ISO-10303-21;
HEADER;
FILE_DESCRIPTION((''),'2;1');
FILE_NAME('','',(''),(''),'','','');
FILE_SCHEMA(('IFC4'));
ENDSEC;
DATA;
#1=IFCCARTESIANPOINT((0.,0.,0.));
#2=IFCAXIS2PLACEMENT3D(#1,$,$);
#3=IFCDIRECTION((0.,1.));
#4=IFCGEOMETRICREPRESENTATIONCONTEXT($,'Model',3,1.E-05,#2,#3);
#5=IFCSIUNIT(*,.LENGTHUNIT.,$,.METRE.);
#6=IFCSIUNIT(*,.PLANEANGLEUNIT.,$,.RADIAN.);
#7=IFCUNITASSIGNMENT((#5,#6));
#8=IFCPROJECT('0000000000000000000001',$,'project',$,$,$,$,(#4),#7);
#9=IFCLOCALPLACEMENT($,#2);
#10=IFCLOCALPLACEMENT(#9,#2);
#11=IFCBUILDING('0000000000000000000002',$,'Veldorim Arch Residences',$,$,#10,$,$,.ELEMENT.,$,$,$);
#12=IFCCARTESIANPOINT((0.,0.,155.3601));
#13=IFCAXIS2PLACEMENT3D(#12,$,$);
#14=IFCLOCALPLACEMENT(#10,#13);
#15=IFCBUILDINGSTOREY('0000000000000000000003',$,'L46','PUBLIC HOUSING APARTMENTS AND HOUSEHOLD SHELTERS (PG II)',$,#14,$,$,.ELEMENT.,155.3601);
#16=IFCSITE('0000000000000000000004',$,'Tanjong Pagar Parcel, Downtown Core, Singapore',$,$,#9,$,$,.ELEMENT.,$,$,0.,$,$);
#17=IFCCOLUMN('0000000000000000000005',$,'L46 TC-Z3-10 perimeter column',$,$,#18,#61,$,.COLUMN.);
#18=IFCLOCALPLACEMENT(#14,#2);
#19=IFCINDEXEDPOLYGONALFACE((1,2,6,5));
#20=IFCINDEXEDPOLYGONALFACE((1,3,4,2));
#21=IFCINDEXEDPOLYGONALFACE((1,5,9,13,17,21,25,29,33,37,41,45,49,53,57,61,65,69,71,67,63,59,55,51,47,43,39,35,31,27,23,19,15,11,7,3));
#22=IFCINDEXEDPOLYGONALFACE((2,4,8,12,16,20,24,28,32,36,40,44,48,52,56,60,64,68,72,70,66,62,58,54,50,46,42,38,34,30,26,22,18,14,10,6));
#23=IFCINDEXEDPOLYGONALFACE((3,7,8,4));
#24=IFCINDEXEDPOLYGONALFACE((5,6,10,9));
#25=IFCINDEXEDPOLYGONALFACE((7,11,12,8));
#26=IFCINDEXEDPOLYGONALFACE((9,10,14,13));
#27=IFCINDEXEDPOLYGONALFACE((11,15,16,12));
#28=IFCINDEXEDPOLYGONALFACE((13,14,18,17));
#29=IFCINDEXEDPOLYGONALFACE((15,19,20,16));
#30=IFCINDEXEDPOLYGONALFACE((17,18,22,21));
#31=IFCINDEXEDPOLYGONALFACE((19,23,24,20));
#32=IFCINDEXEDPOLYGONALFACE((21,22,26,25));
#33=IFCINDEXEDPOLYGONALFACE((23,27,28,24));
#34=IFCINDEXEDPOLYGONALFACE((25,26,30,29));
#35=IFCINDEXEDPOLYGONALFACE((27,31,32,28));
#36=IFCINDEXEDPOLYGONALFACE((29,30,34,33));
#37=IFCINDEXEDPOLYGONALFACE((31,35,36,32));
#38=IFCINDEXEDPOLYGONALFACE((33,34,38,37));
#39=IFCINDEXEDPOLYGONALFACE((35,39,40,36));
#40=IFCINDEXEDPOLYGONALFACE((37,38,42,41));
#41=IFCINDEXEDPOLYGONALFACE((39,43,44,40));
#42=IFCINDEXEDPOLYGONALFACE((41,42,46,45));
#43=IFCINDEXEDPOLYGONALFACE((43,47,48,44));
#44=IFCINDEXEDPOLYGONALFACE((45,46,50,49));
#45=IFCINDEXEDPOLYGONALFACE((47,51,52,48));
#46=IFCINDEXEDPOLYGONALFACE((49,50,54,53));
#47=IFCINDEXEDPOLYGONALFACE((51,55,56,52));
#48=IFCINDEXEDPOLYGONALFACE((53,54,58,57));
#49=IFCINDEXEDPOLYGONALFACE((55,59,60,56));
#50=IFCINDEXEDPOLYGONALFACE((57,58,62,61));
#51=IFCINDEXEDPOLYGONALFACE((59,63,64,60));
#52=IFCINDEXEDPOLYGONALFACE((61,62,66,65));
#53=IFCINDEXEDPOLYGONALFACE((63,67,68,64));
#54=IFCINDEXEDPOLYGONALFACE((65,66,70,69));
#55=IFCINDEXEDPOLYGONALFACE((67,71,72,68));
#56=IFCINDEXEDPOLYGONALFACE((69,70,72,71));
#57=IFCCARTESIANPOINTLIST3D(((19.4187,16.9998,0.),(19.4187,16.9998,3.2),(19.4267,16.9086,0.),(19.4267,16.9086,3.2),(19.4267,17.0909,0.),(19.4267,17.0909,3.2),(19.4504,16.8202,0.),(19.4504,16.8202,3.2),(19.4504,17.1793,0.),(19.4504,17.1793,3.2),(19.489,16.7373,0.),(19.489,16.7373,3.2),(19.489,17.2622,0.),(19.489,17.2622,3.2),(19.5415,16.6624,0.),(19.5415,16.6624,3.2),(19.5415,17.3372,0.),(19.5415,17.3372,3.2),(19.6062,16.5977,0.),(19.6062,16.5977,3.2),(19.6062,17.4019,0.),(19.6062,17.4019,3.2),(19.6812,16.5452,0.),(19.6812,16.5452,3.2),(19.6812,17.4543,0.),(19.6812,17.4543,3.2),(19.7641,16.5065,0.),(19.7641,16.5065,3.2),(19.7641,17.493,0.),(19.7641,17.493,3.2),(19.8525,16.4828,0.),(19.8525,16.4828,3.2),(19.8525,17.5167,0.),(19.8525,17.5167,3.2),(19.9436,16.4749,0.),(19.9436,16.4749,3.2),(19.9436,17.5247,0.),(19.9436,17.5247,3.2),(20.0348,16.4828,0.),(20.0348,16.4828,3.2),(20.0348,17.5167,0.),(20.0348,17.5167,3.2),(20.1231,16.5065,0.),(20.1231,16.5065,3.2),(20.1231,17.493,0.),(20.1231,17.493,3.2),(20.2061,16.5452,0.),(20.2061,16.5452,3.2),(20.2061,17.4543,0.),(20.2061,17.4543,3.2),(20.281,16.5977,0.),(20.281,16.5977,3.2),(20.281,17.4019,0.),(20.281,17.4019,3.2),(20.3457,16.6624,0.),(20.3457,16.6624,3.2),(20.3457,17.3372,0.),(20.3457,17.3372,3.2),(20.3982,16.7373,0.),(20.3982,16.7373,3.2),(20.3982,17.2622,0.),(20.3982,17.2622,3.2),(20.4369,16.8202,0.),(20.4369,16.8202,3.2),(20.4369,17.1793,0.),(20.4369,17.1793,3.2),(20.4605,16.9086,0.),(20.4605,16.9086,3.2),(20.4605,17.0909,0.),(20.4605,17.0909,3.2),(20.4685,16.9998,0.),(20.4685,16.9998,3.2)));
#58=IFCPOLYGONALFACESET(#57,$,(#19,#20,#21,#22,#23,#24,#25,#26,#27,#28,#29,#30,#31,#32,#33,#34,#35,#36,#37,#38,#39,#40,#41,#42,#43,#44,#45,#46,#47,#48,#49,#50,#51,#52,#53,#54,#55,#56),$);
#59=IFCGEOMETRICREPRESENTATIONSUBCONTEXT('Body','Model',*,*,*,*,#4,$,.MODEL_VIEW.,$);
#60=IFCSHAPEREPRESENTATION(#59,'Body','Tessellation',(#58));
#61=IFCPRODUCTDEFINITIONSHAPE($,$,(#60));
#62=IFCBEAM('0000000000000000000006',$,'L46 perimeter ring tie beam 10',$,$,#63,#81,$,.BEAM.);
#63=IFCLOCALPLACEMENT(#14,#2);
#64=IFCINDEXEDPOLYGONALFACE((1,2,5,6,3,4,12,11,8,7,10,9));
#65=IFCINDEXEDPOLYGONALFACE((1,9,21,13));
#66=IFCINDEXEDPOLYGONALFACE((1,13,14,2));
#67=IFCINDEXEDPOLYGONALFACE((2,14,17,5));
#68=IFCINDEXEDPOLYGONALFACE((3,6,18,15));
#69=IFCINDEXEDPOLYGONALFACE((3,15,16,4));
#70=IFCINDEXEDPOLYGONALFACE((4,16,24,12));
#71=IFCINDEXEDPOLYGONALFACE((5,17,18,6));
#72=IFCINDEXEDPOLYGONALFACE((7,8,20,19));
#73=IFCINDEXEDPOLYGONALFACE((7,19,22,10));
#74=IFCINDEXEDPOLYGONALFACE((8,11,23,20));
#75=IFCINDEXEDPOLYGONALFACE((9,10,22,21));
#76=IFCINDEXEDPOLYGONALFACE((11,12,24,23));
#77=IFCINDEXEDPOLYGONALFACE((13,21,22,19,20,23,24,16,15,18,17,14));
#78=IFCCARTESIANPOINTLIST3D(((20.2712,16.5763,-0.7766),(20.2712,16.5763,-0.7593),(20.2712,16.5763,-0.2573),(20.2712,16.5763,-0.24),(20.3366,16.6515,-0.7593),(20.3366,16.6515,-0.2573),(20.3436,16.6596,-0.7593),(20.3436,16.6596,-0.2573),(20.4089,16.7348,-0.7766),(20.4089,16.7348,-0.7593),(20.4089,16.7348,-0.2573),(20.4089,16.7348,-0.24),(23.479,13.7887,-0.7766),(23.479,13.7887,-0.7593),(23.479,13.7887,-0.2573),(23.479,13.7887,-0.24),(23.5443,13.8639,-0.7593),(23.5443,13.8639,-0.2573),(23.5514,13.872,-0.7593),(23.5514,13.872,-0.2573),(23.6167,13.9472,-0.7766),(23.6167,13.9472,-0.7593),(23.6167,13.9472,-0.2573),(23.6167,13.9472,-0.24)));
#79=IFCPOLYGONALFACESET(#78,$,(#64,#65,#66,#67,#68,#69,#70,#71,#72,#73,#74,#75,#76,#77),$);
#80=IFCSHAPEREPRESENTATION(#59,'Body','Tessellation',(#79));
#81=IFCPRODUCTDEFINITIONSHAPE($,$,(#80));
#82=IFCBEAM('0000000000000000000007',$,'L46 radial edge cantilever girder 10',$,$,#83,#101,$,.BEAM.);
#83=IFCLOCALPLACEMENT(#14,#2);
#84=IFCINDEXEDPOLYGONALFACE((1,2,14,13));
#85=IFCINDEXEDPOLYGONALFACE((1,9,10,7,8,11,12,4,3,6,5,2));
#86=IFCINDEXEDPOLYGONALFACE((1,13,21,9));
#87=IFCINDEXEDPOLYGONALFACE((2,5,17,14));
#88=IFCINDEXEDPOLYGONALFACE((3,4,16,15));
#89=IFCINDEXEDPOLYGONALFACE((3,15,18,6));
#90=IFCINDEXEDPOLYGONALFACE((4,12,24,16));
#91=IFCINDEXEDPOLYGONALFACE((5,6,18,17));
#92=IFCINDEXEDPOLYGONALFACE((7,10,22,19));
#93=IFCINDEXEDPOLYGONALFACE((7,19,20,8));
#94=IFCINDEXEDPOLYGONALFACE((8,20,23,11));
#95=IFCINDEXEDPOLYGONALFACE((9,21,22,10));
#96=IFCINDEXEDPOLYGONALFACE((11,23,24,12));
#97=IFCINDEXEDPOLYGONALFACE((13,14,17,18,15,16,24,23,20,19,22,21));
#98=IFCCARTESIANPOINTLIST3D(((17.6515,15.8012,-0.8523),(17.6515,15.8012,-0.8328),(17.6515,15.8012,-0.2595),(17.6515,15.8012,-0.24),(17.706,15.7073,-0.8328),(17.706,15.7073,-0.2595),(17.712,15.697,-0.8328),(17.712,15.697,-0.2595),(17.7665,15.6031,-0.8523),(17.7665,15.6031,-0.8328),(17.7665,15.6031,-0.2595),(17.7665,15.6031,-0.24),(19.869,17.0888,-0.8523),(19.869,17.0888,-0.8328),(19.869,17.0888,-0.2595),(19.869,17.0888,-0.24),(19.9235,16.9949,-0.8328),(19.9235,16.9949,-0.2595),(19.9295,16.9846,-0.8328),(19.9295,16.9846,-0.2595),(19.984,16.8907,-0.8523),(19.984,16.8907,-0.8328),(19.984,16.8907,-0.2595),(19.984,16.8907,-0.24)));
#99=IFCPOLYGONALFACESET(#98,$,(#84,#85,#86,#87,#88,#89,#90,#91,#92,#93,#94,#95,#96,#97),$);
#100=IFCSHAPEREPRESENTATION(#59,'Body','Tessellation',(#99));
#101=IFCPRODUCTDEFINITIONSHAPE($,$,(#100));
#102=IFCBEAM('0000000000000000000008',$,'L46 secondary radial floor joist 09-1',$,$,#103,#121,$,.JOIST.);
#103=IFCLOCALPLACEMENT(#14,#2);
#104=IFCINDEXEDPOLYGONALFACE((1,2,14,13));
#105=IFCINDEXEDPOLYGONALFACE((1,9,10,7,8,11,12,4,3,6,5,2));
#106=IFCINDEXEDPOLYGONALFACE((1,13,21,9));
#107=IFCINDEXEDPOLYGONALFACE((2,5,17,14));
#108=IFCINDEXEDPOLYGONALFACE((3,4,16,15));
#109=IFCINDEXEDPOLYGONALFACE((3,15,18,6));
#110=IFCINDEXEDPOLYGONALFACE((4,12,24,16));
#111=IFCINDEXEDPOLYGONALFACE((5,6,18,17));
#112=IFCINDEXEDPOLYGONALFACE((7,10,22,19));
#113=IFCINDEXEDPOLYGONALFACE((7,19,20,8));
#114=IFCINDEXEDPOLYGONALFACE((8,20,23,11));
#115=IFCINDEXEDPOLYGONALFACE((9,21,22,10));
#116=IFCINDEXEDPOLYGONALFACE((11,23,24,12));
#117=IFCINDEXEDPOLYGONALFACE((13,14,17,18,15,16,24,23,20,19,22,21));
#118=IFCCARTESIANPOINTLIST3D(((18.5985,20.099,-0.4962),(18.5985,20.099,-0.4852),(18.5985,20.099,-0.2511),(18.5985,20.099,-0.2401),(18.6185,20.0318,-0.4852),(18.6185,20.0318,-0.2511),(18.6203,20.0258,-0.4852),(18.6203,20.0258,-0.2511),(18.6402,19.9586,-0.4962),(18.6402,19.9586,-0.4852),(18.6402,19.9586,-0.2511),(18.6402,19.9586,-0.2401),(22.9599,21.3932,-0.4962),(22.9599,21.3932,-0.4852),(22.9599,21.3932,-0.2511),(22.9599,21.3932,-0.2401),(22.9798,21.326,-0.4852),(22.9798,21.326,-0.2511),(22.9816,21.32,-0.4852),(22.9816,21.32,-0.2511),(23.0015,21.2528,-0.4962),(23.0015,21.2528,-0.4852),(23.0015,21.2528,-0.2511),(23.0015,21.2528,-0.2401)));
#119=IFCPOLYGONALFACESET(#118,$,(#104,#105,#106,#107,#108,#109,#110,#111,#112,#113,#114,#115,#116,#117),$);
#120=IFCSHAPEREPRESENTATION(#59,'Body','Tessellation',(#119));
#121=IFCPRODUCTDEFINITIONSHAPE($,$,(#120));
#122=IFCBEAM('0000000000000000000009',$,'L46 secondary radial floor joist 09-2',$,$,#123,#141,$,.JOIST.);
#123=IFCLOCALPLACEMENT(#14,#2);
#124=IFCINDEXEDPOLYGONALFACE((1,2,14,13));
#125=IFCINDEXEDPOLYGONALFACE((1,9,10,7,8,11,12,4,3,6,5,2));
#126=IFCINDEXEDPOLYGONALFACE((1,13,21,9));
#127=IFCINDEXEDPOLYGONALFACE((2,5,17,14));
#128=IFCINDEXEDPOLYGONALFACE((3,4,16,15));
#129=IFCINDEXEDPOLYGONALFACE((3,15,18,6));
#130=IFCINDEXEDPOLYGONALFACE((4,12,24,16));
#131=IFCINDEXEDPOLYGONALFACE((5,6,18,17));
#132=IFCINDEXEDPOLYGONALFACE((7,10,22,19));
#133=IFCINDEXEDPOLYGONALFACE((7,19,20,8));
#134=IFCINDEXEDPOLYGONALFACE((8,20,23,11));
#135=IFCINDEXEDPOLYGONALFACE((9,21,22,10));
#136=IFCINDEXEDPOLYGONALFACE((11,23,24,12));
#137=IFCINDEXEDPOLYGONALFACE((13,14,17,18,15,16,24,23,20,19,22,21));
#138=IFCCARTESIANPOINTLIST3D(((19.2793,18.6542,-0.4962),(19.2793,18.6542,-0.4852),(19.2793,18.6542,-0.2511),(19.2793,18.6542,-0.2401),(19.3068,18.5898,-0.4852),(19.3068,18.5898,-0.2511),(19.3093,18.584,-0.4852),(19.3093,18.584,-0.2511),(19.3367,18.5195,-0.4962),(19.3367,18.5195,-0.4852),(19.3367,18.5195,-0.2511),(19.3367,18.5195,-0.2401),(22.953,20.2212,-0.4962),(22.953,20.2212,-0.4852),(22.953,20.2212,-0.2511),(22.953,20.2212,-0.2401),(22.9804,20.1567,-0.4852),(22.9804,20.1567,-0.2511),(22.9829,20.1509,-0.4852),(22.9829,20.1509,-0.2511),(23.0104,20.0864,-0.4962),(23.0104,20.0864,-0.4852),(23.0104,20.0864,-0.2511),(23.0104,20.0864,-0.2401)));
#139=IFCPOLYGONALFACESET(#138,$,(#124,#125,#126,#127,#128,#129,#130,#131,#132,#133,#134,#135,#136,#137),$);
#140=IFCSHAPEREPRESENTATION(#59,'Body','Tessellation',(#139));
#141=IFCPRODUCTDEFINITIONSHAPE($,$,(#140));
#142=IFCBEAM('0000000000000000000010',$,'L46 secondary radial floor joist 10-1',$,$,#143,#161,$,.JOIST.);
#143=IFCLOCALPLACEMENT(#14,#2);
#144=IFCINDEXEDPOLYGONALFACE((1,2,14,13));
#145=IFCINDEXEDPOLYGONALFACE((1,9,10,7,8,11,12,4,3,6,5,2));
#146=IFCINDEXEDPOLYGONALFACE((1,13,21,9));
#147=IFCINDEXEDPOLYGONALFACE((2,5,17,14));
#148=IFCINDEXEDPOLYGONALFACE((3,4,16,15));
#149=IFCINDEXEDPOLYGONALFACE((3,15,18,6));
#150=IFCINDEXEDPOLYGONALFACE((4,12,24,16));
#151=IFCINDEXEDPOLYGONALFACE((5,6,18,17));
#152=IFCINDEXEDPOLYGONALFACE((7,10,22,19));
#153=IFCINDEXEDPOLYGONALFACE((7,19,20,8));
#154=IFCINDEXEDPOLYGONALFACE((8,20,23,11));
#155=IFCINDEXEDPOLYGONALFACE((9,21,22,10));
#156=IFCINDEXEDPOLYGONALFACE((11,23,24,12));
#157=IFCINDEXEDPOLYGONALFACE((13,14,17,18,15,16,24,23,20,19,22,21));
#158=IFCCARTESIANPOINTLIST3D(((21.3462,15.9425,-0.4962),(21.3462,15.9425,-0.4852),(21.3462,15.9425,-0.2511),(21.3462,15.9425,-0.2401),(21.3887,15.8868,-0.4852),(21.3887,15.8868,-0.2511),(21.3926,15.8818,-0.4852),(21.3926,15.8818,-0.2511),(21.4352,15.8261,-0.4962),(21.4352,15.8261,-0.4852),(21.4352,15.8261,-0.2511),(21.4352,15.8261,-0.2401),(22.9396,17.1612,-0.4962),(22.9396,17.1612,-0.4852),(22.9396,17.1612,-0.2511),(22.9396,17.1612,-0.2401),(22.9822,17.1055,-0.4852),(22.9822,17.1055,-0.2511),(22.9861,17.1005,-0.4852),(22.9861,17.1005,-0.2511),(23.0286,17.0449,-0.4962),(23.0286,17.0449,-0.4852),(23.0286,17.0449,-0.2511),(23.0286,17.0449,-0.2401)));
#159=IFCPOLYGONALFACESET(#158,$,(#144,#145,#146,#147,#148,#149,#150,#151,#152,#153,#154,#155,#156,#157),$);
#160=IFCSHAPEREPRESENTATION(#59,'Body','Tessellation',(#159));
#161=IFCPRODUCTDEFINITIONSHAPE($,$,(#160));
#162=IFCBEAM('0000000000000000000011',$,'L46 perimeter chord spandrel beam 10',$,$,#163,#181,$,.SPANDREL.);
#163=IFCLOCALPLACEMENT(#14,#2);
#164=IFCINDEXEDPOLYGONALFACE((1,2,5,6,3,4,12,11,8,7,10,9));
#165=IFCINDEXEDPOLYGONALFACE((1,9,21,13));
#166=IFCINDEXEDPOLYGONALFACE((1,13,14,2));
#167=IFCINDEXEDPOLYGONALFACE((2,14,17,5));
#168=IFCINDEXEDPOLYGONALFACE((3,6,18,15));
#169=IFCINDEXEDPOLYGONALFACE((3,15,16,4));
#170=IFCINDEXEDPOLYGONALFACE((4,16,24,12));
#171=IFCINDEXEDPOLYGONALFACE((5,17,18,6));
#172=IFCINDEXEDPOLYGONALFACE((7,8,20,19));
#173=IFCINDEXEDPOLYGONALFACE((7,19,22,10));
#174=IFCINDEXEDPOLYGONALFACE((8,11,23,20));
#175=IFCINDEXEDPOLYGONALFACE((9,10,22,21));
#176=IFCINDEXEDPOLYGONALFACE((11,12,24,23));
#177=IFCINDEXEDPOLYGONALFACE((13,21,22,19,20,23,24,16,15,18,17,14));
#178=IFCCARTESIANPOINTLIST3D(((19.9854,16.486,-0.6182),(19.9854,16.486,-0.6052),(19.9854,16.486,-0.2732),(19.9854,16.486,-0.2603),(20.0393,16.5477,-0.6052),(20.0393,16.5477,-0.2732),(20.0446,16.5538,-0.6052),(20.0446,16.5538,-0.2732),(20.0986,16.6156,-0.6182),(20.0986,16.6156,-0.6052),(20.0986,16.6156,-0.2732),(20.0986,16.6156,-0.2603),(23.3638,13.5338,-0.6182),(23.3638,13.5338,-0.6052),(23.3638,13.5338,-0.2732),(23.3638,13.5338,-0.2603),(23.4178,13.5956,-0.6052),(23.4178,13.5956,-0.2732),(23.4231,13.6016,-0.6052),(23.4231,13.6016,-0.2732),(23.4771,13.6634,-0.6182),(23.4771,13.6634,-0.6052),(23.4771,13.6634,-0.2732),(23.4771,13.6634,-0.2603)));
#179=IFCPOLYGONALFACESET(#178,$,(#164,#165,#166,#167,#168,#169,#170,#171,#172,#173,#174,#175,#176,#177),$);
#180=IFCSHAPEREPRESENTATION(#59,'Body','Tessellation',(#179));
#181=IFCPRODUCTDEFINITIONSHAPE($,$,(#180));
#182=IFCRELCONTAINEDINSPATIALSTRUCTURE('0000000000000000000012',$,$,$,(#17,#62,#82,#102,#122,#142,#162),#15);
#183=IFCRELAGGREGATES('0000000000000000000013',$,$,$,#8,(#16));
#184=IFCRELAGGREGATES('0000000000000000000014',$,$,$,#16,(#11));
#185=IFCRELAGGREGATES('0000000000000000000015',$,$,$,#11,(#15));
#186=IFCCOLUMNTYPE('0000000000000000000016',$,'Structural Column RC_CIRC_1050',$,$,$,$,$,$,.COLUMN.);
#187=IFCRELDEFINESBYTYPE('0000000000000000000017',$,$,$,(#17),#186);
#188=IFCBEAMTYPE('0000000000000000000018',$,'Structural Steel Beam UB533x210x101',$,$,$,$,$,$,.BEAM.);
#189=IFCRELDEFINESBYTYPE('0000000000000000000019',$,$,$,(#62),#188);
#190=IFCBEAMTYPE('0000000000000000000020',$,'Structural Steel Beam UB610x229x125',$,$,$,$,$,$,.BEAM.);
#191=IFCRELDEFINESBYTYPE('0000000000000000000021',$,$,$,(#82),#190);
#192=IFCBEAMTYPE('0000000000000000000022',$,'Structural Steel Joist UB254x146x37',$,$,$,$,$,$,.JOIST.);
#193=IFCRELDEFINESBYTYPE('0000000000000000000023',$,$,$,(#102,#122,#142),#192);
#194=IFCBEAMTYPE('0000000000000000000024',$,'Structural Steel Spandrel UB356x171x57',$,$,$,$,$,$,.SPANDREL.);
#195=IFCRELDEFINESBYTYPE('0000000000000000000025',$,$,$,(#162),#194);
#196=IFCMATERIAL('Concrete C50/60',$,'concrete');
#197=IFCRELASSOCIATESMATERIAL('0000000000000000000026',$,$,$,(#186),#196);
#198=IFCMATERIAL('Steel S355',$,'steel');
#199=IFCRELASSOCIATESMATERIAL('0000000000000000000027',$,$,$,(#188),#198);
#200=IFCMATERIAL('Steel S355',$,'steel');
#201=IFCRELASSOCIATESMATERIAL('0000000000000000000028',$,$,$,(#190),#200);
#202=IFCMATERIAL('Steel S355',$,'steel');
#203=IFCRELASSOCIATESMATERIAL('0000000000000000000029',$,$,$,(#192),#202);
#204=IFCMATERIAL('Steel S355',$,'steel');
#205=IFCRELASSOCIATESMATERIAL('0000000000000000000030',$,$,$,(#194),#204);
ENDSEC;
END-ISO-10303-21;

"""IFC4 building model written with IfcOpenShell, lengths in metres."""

from ifc_helpers import new_model, si_unit, direction, frame, origin, origin_2d, place, context, subcontext, project, spatial, circle, i_section, extrude, material, material_profile, profile_set, type_object, element, save


model = new_model("IFC4")

# Units and contexts
model_context = context("Model", 3, precision=1e-05, world=origin(), true_north=direction((0.0, 1.0)))
body_context = subcontext(model_context, "Body", "Model", "MODEL_VIEW")
ifc_project = project(units=[si_unit("LENGTHUNIT", "METRE"), si_unit("PLANEANGLEUNIT", "RADIAN")], contexts=[model_context])

# Site, building, storey
site_placement = place(None, origin())
site = spatial("IfcSite", under=ifc_project, at=site_placement, Name="Tanjong Pagar Parcel, Downtown Core, Singapore", CompositionType="ELEMENT", RefElevation=0.0)
building_placement = place(site_placement, origin())
building = spatial("IfcBuilding", under=site, at=building_placement, Name="Veldorim Arch Residences", CompositionType="ELEMENT")
storey_placement = place(building_placement, frame((0.0, 0.0, 155.3601)))
storey = spatial("IfcBuildingStorey", under=building, at=storey_placement, Name="L46", Description="PUBLIC HOUSING APARTMENTS AND HOUSEHOLD SHELTERS (PG II)", CompositionType="ELEMENT", Elevation=155.3601)

# Column
ifc_material_1 = material(Name="Concrete C50/60", Category="concrete")
ifc_material_profile_1 = material_profile(ifc_material_1, circle(Radius=0.5249, at=origin_2d()), Name="RC_CIRC_1050")
ifc_profile_set_1 = profile_set([ifc_material_profile_1], Name="Concrete C50/60")
column_type = type_object("IfcColumnType", Name="Structural Column RC_CIRC_1050", PredefinedType="COLUMN", material=ifc_profile_set_1)
column_placement = place(storey_placement, frame((19.9436, 16.9998, 0.0), z_axis=(0.0, 0.0, 1.0), x_axis=(1.0, 0.0, 0.0)))
element("IfcColumn", 1, at=column_placement, inside=storey, type_object=column_type, Name="L46 TC-Z3-10 perimeter column", PredefinedType="COLUMN", context=body_context, shape_type="SweptSolid", body=[
    extrude(circle(Radius=0.5249, at=origin_2d()), origin(), (0.0, 0.0, 1.0), 3.2),
])

# Beams
ifc_material_2 = material(Name="Steel S355", Category="steel")
ifc_material_profile_2 = material_profile(ifc_material_2, i_section(OverallWidth=0.21, OverallDepth=0.5366, WebThickness=0.0107, FlangeThickness=0.0173, at=origin_2d()), Name="UB533x210x101")
ifc_profile_set_2 = profile_set([ifc_material_profile_2], Name="Steel S355")
beam_type_1 = type_object("IfcBeamType", Name="Structural Steel Beam UB533x210x101", PredefinedType="BEAM", material=ifc_profile_set_2)
beam_1_placement = place(storey_placement, frame((20.3401, 16.6555, -0.5083), z_axis=(0.754811, -0.655943, 0.0), x_axis=(0.655943, 0.754811, 0.0)))
element("IfcBeam", 2, at=beam_1_placement, inside=storey, type_object=beam_type_1, Name="L46 perimeter ring tie beam 10", PredefinedType="BEAM", context=body_context, shape_type="SweptSolid", body=[
    extrude(i_section(OverallWidth=0.21, OverallDepth=0.5366, WebThickness=0.0107, FlangeThickness=0.0173, at=origin_2d()), origin(), (0.0, 0.0, 1.0), 4.2498),
])
ifc_material_3 = material(Name="Steel S355", Category="steel")
ifc_material_profile_3 = material_profile(ifc_material_3, i_section(OverallWidth=0.229, OverallDepth=0.6123, WebThickness=0.012, FlangeThickness=0.0195, at=origin_2d()), Name="UB610x229x125")
ifc_profile_set_3 = profile_set([ifc_material_profile_3], Name="Steel S355")
beam_type_2 = type_object("IfcBeamType", Name="Structural Steel Beam UB610x229x125", PredefinedType="BEAM", material=ifc_profile_set_3)
beam_2_placement = place(storey_placement, frame((19.9265, 16.9897, -0.5461), z_axis=(-0.864789, -0.502136, 0.0), x_axis=(0.502136, -0.864789, 0.0)))
element("IfcBeam", 3, at=beam_2_placement, inside=storey, type_object=beam_type_2, Name="L46 radial edge cantilever girder 10", PredefinedType="BEAM", context=body_context, shape_type="SweptSolid", body=[
    extrude(i_section(OverallWidth=0.229, OverallDepth=0.6123, WebThickness=0.012, FlangeThickness=0.0195, at=origin_2d()), origin(), (0.0, 0.0, 1.0), 2.5642),
])
ifc_material_4 = material(Name="Steel S355", Category="steel")
ifc_material_profile_4 = material_profile(ifc_material_4, i_section(OverallWidth=0.1465, OverallDepth=0.2561, WebThickness=0.0063, FlangeThickness=0.011, at=origin_2d()), Name="UB254x146x37")
ifc_profile_set_4 = profile_set([ifc_material_profile_4], Name="Steel S355")
beam_type_3 = type_object("IfcBeamType", Name="Structural Steel Joist UB254x146x37", PredefinedType="JOIST", material=ifc_profile_set_4)
beam_3_placement = place(storey_placement, frame((22.9807, 21.323, -0.3682), z_axis=(-0.958682, -0.284481, 0.0), x_axis=(0.284481, -0.958682, 0.0)))
element("IfcBeam", 4, at=beam_3_placement, inside=storey, type_object=beam_type_3, Name="L46 secondary radial floor joist 09-1", PredefinedType="JOIST", context=body_context, shape_type="SweptSolid", body=[
    extrude(i_section(OverallWidth=0.1465, OverallDepth=0.2561, WebThickness=0.0063, FlangeThickness=0.011, at=origin_2d()), origin(), (0.0, 0.0, 1.0), 4.5493),
])
beam_4_placement = place(storey_placement, frame((22.9817, 20.1538, -0.3682), z_axis=(-0.919823, -0.392332, 0.0), x_axis=(0.392332, -0.919823, 0.0)))
element("IfcBeam", 5, at=beam_4_placement, inside=storey, type_object=beam_type_3, Name="L46 secondary radial floor joist 09-2", PredefinedType="JOIST", context=body_context, shape_type="SweptSolid", body=[
    extrude(i_section(OverallWidth=0.1465, OverallDepth=0.2561, WebThickness=0.0063, FlangeThickness=0.011, at=origin_2d()), origin(), (0.0, 0.0, 1.0), 3.9939),
])
beam_5_placement = place(storey_placement, frame((22.9841, 17.103, -0.3682), z_axis=(-0.794313, -0.607509, 0.0), x_axis=(0.607509, -0.794313, 0.0)))
element("IfcBeam", 6, at=beam_5_placement, inside=storey, type_object=beam_type_3, Name="L46 secondary radial floor joist 10-1", PredefinedType="JOIST", context=body_context, shape_type="SweptSolid", body=[
    extrude(i_section(OverallWidth=0.1465, OverallDepth=0.2561, WebThickness=0.0063, FlangeThickness=0.011, at=origin_2d()), origin(), (0.0, 0.0, 1.0), 2.0061),
])
ifc_material_5 = material(Name="Steel S355", Category="steel")
ifc_material_profile_5 = material_profile(ifc_material_5, i_section(OverallWidth=0.1721, OverallDepth=0.3579, WebThickness=0.0081, FlangeThickness=0.0129, at=origin_2d()), Name="UB356x171x57")
ifc_profile_set_5 = profile_set([ifc_material_profile_5], Name="Steel S355")
beam_type_4 = type_object("IfcBeamType", Name="Structural Steel Spandrel UB356x171x57", PredefinedType="SPANDREL", material=ifc_profile_set_5)
beam_6_placement = place(storey_placement, frame((20.042, 16.5508, -0.4392), z_axis=(0.753015, -0.658004, 0.0), x_axis=(0.658004, 0.753015, 0.0)))
element("IfcBeam", 7, at=beam_6_placement, inside=storey, type_object=beam_type_4, Name="L46 perimeter chord spandrel beam 10", PredefinedType="SPANDREL", context=body_context, shape_type="SweptSolid", body=[
    extrude(i_section(OverallWidth=0.1721, OverallDepth=0.3579, WebThickness=0.0081, FlangeThickness=0.0129, at=origin_2d()), origin(), (0.0, 0.0, 1.0), 4.4866),
])

save(model, "model.ifc")
